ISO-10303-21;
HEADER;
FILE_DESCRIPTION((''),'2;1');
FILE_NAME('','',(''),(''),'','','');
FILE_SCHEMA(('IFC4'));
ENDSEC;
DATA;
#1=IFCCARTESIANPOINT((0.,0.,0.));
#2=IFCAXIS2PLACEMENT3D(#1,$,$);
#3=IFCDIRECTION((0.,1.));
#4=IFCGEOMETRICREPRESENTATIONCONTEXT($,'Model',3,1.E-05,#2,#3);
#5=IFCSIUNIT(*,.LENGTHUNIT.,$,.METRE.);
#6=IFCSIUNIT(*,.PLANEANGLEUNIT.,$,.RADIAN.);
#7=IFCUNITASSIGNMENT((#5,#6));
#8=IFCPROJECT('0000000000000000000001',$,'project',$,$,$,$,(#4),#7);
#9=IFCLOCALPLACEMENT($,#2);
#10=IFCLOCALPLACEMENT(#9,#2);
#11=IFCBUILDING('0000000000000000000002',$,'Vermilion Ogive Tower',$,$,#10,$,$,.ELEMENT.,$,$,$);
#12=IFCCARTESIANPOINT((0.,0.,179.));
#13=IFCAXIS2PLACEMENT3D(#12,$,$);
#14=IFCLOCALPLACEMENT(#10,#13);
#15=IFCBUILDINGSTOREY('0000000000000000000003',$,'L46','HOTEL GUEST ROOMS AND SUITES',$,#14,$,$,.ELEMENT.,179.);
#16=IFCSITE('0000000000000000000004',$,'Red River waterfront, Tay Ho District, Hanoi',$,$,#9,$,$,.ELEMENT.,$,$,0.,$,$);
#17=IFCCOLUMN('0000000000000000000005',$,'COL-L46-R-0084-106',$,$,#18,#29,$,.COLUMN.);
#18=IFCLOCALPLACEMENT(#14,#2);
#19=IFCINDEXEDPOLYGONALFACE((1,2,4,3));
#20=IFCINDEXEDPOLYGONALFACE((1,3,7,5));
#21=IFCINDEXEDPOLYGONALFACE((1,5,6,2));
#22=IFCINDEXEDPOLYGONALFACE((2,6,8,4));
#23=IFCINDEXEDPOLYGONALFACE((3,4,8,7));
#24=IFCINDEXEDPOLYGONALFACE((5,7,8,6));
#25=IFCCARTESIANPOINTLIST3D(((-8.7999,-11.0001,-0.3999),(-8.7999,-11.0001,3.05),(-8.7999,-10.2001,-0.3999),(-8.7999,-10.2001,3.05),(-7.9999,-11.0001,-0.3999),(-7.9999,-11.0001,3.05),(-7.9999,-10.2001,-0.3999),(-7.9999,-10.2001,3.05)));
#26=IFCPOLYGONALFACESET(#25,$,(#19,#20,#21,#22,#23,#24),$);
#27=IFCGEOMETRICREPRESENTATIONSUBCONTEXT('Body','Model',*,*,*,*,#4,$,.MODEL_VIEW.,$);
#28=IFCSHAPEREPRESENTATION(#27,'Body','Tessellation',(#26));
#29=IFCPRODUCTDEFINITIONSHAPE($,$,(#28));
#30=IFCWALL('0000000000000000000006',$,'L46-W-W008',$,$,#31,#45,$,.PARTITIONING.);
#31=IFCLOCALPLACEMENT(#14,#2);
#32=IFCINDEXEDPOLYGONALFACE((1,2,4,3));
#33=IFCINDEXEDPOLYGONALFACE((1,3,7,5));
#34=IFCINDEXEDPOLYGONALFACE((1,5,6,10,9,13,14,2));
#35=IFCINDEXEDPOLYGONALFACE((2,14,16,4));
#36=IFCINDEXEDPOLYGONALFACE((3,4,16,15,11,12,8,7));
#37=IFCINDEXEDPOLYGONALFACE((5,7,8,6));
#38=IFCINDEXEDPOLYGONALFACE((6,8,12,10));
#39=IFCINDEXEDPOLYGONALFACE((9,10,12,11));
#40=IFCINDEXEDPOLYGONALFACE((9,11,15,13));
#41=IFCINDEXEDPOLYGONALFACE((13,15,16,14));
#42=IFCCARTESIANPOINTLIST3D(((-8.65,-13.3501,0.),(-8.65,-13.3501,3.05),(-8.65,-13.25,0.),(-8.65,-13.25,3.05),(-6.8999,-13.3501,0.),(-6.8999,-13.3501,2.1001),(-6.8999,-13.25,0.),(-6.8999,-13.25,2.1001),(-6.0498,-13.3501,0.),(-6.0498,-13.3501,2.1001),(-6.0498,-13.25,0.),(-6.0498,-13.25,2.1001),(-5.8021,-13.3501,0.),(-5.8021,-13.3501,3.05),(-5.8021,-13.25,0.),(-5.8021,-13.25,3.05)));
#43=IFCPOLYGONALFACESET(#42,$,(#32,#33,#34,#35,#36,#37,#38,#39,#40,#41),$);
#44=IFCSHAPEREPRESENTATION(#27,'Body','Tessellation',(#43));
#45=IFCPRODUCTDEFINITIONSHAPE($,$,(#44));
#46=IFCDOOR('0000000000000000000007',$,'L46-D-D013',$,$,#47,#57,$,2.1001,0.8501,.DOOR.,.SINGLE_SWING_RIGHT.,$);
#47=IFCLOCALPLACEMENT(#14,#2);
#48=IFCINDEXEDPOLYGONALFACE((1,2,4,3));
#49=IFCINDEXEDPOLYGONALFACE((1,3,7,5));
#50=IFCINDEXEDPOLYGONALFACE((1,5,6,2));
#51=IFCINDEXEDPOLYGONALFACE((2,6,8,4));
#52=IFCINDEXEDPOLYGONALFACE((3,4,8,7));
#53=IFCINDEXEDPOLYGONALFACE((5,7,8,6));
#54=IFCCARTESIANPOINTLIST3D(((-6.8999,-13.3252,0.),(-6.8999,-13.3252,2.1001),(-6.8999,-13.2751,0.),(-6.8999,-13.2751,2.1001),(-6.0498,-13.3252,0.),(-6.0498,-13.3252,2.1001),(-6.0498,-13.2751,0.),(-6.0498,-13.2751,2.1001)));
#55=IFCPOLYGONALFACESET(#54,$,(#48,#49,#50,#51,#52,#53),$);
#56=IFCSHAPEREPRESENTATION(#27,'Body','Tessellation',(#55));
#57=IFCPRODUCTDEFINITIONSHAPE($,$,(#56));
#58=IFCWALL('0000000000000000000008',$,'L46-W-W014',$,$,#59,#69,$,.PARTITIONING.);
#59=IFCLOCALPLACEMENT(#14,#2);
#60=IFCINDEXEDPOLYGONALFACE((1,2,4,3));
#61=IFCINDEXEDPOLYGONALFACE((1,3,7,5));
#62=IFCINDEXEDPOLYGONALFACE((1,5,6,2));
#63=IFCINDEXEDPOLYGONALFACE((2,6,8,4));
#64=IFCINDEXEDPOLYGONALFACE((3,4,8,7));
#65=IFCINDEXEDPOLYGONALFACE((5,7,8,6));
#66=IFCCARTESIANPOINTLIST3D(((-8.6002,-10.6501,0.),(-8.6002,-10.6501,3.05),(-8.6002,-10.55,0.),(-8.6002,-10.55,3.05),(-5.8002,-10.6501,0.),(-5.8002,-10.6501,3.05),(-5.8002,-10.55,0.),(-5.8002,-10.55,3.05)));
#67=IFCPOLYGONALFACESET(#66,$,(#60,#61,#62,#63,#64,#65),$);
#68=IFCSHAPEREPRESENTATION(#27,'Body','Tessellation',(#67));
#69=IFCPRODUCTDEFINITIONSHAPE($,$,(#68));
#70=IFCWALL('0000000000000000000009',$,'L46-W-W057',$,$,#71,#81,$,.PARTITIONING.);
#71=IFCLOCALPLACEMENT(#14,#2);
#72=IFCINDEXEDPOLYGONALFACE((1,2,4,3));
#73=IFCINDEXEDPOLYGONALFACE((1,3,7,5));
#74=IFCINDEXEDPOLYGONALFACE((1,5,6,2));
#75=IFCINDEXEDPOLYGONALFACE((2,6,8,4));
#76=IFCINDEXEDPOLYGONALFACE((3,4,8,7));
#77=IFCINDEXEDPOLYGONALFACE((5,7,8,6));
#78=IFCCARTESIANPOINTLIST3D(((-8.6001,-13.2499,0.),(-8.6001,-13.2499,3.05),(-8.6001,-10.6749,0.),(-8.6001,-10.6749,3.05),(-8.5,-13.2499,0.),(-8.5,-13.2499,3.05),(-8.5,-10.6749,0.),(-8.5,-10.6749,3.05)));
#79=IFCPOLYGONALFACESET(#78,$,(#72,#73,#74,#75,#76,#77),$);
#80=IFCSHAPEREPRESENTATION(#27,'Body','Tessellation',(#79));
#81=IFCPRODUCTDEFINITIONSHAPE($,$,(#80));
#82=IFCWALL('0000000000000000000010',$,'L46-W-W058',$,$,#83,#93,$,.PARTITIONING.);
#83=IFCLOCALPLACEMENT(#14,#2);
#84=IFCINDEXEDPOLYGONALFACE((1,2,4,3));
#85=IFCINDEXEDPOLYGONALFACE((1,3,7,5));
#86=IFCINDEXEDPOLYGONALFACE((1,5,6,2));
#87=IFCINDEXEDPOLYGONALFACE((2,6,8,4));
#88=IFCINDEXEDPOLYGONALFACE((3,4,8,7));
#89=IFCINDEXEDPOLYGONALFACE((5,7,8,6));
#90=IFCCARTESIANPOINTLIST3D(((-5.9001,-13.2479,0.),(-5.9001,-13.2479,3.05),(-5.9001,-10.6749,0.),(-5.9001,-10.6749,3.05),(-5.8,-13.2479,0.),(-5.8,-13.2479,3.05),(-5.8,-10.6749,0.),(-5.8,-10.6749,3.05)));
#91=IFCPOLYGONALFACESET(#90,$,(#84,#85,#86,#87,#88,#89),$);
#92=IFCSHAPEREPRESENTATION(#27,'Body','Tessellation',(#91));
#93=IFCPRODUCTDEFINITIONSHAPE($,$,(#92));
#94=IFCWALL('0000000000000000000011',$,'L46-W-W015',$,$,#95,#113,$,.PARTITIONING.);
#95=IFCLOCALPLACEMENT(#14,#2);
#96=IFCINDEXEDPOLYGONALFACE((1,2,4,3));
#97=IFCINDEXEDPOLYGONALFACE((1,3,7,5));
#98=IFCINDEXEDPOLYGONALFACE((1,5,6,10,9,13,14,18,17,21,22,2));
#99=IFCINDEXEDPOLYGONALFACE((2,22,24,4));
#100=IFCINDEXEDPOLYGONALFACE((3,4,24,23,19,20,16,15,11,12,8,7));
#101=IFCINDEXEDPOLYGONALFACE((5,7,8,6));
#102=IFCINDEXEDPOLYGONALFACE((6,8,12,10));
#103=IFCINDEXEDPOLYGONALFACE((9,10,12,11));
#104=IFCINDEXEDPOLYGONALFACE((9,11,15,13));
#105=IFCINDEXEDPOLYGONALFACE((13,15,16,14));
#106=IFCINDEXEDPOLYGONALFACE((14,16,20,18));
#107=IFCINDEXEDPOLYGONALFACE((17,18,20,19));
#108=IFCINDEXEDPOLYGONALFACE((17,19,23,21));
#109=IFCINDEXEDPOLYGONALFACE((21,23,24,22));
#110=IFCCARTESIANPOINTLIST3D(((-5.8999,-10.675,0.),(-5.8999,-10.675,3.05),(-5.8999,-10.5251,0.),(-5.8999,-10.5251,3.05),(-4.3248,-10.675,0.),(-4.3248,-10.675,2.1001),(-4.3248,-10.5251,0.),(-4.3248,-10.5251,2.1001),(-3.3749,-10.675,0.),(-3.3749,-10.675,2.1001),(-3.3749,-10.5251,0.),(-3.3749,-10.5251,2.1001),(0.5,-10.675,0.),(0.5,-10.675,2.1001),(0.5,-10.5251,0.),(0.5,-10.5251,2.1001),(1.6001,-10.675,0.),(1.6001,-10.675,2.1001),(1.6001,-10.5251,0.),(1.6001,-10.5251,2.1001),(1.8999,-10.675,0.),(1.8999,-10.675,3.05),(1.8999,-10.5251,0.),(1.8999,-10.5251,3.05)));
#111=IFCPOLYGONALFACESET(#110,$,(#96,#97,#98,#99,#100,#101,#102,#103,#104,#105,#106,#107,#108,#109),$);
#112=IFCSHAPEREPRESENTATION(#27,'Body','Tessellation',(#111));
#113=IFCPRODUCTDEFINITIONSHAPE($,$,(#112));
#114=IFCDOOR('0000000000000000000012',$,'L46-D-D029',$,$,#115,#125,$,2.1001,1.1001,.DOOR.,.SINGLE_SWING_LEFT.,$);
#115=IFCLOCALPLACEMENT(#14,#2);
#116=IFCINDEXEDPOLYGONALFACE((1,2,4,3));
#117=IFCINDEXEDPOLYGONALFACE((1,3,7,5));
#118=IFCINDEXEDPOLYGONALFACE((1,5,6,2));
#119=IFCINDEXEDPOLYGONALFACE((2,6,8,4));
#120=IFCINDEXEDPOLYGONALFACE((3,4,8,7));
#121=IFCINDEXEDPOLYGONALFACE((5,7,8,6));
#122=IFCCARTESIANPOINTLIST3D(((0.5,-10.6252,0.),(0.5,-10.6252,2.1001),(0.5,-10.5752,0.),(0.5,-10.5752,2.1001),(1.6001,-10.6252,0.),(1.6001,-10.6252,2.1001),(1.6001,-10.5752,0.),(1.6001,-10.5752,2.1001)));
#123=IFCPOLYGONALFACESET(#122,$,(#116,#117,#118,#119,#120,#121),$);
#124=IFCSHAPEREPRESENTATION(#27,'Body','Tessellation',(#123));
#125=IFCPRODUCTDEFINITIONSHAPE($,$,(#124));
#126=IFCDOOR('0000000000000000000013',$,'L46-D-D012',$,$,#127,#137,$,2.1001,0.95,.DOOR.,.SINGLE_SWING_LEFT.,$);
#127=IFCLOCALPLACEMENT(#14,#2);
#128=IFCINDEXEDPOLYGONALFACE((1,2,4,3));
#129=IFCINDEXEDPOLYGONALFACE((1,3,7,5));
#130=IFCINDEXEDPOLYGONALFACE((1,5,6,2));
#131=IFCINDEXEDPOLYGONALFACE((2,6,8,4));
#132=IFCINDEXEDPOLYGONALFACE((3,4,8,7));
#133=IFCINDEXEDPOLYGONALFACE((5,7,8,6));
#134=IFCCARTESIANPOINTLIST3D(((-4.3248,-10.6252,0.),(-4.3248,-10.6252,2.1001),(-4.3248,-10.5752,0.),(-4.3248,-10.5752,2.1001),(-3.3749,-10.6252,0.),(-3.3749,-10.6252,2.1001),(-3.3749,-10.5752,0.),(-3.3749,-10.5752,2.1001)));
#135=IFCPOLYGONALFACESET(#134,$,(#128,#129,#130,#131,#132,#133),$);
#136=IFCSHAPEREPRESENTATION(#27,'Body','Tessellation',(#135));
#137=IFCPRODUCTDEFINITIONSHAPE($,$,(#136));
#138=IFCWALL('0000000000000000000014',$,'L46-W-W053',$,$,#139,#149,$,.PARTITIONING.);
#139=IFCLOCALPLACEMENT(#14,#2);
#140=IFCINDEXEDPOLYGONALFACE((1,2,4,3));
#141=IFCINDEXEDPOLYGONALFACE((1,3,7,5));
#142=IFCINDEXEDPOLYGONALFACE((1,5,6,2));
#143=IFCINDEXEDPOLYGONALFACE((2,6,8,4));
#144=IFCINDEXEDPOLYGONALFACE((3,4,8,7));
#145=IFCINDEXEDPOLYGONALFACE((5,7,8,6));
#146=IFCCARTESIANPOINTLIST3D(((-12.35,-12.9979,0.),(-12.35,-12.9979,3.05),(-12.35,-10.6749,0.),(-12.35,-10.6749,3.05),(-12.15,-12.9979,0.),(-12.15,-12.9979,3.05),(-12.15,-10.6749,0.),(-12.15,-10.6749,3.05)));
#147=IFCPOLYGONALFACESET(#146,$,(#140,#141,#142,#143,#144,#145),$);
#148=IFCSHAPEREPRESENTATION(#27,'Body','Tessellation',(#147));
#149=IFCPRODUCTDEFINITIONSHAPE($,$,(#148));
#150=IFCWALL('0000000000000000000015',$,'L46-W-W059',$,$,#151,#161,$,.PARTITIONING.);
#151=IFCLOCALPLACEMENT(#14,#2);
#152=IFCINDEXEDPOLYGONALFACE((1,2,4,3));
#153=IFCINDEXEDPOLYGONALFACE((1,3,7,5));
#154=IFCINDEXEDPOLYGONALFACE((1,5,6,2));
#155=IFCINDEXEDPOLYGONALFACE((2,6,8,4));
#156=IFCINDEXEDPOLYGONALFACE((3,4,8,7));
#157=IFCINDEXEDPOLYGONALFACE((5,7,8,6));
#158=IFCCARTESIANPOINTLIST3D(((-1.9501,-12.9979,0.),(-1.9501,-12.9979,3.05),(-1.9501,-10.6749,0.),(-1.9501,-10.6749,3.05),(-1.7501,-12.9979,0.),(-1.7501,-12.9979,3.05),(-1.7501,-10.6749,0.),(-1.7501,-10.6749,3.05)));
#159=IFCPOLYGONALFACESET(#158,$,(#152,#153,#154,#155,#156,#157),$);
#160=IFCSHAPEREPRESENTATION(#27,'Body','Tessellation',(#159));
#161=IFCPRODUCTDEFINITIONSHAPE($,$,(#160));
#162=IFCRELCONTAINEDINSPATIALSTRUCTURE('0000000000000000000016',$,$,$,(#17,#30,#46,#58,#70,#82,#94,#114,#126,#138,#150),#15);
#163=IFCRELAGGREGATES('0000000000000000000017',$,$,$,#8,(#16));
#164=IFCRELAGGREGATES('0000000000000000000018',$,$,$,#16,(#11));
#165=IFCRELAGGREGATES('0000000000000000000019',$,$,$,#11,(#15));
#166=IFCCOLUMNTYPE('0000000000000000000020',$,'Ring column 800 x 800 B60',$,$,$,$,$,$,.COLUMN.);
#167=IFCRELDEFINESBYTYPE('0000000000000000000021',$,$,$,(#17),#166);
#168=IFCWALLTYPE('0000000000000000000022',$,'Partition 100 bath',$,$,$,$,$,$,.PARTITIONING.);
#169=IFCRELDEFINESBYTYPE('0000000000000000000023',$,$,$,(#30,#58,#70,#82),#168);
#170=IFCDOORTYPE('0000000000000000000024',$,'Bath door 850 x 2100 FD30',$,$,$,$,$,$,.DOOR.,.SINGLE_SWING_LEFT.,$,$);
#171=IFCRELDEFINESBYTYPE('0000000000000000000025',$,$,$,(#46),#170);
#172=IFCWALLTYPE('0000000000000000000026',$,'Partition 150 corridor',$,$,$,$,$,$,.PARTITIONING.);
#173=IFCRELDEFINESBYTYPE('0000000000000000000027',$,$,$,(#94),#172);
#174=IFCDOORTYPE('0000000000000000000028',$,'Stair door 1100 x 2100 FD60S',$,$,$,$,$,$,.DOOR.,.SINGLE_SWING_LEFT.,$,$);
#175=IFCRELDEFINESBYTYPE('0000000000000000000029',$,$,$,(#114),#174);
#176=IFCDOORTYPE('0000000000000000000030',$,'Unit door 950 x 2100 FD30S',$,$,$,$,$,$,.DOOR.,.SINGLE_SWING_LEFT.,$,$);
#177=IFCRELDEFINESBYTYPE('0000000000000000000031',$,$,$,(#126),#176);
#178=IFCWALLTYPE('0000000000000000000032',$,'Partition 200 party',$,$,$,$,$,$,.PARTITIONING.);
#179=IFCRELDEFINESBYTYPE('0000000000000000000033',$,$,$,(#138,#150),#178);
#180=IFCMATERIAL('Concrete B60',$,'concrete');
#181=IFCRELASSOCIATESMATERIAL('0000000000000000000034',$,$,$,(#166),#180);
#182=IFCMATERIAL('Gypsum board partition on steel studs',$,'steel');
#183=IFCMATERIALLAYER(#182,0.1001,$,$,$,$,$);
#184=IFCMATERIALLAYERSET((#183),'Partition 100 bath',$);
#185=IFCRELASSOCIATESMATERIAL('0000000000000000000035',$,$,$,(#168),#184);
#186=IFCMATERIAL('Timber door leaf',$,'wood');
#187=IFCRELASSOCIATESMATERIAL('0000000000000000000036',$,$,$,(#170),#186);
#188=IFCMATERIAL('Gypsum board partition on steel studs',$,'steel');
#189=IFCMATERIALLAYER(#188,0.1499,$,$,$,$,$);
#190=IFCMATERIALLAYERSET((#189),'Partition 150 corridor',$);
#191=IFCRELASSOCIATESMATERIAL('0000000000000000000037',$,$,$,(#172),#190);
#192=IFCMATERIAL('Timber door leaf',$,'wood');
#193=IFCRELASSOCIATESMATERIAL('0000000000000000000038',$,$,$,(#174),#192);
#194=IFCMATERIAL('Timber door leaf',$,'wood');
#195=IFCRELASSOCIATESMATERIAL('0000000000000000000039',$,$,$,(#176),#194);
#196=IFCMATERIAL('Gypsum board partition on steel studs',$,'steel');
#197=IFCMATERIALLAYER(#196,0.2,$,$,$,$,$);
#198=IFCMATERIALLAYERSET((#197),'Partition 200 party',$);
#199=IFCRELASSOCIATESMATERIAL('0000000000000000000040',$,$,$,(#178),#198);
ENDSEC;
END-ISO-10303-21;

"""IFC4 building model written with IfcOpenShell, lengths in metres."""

from ifc_helpers import new_model, si_unit, direction, frame, frame_2d, origin, origin_2d, place, context, subcontext, project, spatial, rectangle, extrude, material, layer, layer_set, material_profile, profile_set, type_object, element, fill, save


model = new_model("IFC4")

# Units and contexts
model_context = context("Model", 3, precision=1e-05, world=origin(), true_north=direction((0.0, 1.0)))
body_context = subcontext(model_context, "Body", "Model", "MODEL_VIEW")
ifc_project = project(units=[si_unit("LENGTHUNIT", "METRE"), si_unit("PLANEANGLEUNIT", "RADIAN")], contexts=[model_context])

# Site, building, storey
site_placement = place(None, origin())
site = spatial("IfcSite", under=ifc_project, at=site_placement, Name="Red River waterfront, Tay Ho District, Hanoi", CompositionType="ELEMENT", RefElevation=0.0)
building_placement = place(site_placement, origin())
building = spatial("IfcBuilding", under=site, at=building_placement, Name="Vermilion Ogive Tower", CompositionType="ELEMENT")
storey_placement = place(building_placement, frame((0.0, 0.0, 179.0)))
storey = spatial("IfcBuildingStorey", under=building, at=storey_placement, Name="L46", Description="HOTEL GUEST ROOMS AND SUITES", CompositionType="ELEMENT", Elevation=179.0)

# Column
ifc_material_1 = material(Name="Concrete B60", Category="concrete")
ifc_material_profile = material_profile(ifc_material_1, rectangle(XDim=0.8, YDim=0.8, at=origin_2d()), Name="800 x 800")
ifc_profile_set = profile_set([ifc_material_profile], Name="Concrete B60")
column_type = type_object("IfcColumnType", Name="Ring column 800 x 800 B60", PredefinedType="COLUMN", material=ifc_profile_set)
column_placement = place(storey_placement, frame((-8.3999, -10.6001, -0.3999), z_axis=(0.0, 0.0, 1.0), x_axis=(1.0, 0.0, 0.0)))
element("IfcColumn", 1, at=column_placement, inside=storey, type_object=column_type, Name="COL-L46-R-0084-106", PredefinedType="COLUMN", context=body_context, shape_type="SweptSolid", body=[
    extrude(rectangle(XDim=0.8, YDim=0.8, at=origin_2d()), origin(), (0.0, 0.0, 1.0), 3.45),
])

# Wall, opening, door
ifc_material_2 = material(Name="Gypsum board partition on steel studs", Category="steel")
ifc_layer_1 = layer(ifc_material_2, 0.1001)
ifc_layer_set_1 = layer_set([ifc_layer_1], Name="Partition 100 bath")
wall_type_1 = type_object("IfcWallType", Name="Partition 100 bath", PredefinedType="PARTITIONING", material=ifc_layer_set_1)
wall_1_placement = place(storey_placement, frame((-8.6499, -13.3, 0.0), z_axis=(0.0, 0.0, 1.0), x_axis=(1.0, 0.0, 0.0)))
wall_1 = element("IfcWall", 2, at=wall_1_placement, inside=storey, type_object=wall_type_1, Name="L46-W-W008", PredefinedType="PARTITIONING", context=body_context, shape_type="SweptSolid", body=[
    extrude(rectangle(XDim=2.8479, YDim=0.1001, at=frame_2d((1.4238, 0.0))), origin(), (0.0, 0.0, 1.0), 3.05),
])
opening_1_placement = place(wall_1_placement, frame((1.75, 0.0, 0.0)))
opening_1 = element("IfcOpeningElement", 3, at=opening_1_placement, cuts=wall_1, PredefinedType="OPENING", context=body_context, shape_type="SweptSolid", body=[
    extrude(rectangle(XDim=0.8501, YDim=2.1001, at=frame_2d((0.425, 1.05))), frame((0.0, 0.0601, 0.0), z_axis=(0.0, -1.0, 0.0), x_axis=(1.0, 0.0, 0.0)), (0.0, 0.0, 1.0), 0.1201),
])
ifc_material_3 = material(Name="Timber door leaf", Category="wood")
door_type_1 = type_object("IfcDoorType", Name="Bath door 850 x 2100 FD30", OperationType="SINGLE_SWING_LEFT", PredefinedType="DOOR", material=ifc_material_3)
door_1_placement = place(opening_1_placement, origin())
door_1 = element("IfcDoor", 4, at=door_1_placement, inside=storey, type_object=door_type_1, Name="L46-D-D013", OperationType="SINGLE_SWING_RIGHT", OverallHeight=2.1001, OverallWidth=0.8501, PredefinedType="DOOR", context=body_context, shape_type="SweptSolid", body=[
    extrude(rectangle(XDim=0.8501, YDim=2.1001, at=frame_2d((0.425, 1.05))), frame((0.0, 0.0249, 0.0), z_axis=(0.0, -1.0, 0.0), x_axis=(1.0, 0.0, 0.0)), (0.0, 0.0, 1.0), 0.05),
])
fill(opening_1, door_1)

# Walls
wall_2_placement = place(storey_placement, frame((-8.6001, -10.6001, 0.0), z_axis=(0.0, 0.0, 1.0), x_axis=(1.0, 0.0, 0.0)))
element("IfcWall", 5, at=wall_2_placement, inside=storey, type_object=wall_type_1, Name="L46-W-W014", PredefinedType="PARTITIONING", context=body_context, shape_type="SweptSolid", body=[
    extrude(rectangle(XDim=2.8, YDim=0.1001, at=frame_2d((1.3999, 0.0))), origin(), (0.0, 0.0, 1.0), 3.05),
])
wall_3_placement = place(storey_placement, frame((-8.55, -13.25, 0.0), z_axis=(0.0, 0.0, 1.0), x_axis=(0.0, 1.0, 0.0)))
element("IfcWall", 6, at=wall_3_placement, inside=storey, type_object=wall_type_1, Name="L46-W-W057", PredefinedType="PARTITIONING", context=body_context, shape_type="SweptSolid", body=[
    extrude(rectangle(XDim=2.575, YDim=0.1001, at=frame_2d((1.2876, 0.0))), origin(), (0.0, 0.0, 1.0), 3.05),
])
wall_4_placement = place(storey_placement, frame((-5.8501, -13.248, 0.0), z_axis=(0.0, 0.0, 1.0), x_axis=(0.0, 1.0, 0.0)))
element("IfcWall", 7, at=wall_4_placement, inside=storey, type_object=wall_type_1, Name="L46-W-W058", PredefinedType="PARTITIONING", context=body_context, shape_type="SweptSolid", body=[
    extrude(rectangle(XDim=2.573, YDim=0.1001, at=frame_2d((1.2866, 0.0))), origin(), (0.0, 0.0, 1.0), 3.05),
])

# Wall, openings, doors
ifc_material_4 = material(Name="Gypsum board partition on steel studs", Category="steel")
ifc_layer_2 = layer(ifc_material_4, 0.1499)
ifc_layer_set_2 = layer_set([ifc_layer_2], Name="Partition 150 corridor")
wall_type_2 = type_object("IfcWallType", Name="Partition 150 corridor", PredefinedType="PARTITIONING", material=ifc_layer_set_2)
wall_5_placement = place(storey_placement, frame((-5.8999, -10.6001, 0.0), z_axis=(0.0, 0.0, 1.0), x_axis=(1.0, 0.0, 0.0)))
wall_5 = element("IfcWall", 8, at=wall_5_placement, inside=storey, type_object=wall_type_2, Name="L46-W-W015", PredefinedType="PARTITIONING", context=body_context, shape_type="SweptSolid", body=[
    extrude(rectangle(XDim=7.7998, YDim=0.1499, at=frame_2d((3.8999, 0.0))), origin(), (0.0, 0.0, 1.0), 3.05),
])
opening_2_placement = place(wall_5_placement, frame((1.575, 0.0, 0.0)))
opening_2 = element("IfcOpeningElement", 9, at=opening_2_placement, cuts=wall_5, PredefinedType="OPENING", context=body_context, shape_type="SweptSolid", body=[
    extrude(rectangle(XDim=0.95, YDim=2.1001, at=frame_2d((0.4751, 1.05))), frame((0.0, 0.085, 0.0), z_axis=(0.0, -1.0, 0.0), x_axis=(1.0, 0.0, 0.0)), (0.0, 0.0, 1.0), 0.1699),
])
opening_3_placement = place(wall_5_placement, frame((6.3999, 0.0, 0.0)))
opening_3 = element("IfcOpeningElement", 10, at=opening_3_placement, cuts=wall_5, PredefinedType="OPENING", context=body_context, shape_type="SweptSolid", body=[
    extrude(rectangle(XDim=1.1001, YDim=2.1001, at=frame_2d((0.55, 1.05))), frame((0.0, 0.085, 0.0), z_axis=(0.0, -1.0, 0.0), x_axis=(1.0, 0.0, 0.0)), (0.0, 0.0, 1.0), 0.1699),
])
ifc_material_5 = material(Name="Timber door leaf", Category="wood")
door_type_2 = type_object("IfcDoorType", Name="Stair door 1100 x 2100 FD60S", OperationType="SINGLE_SWING_LEFT", PredefinedType="DOOR", material=ifc_material_5)
door_2_placement = place(opening_3_placement, origin())
door_2 = element("IfcDoor", 11, at=door_2_placement, inside=storey, type_object=door_type_2, Name="L46-D-D029", OperationType="SINGLE_SWING_LEFT", OverallHeight=2.1001, OverallWidth=1.1001, PredefinedType="DOOR", context=body_context, shape_type="SweptSolid", body=[
    extrude(rectangle(XDim=1.1001, YDim=2.1001, at=frame_2d((0.55, 1.05))), frame((0.0, 0.0249, 0.0), z_axis=(0.0, -1.0, 0.0), x_axis=(1.0, 0.0, 0.0)), (0.0, 0.0, 1.0), 0.05),
])
fill(opening_3, door_2)
ifc_material_6 = material(Name="Timber door leaf", Category="wood")
door_type_3 = type_object("IfcDoorType", Name="Unit door 950 x 2100 FD30S", OperationType="SINGLE_SWING_LEFT", PredefinedType="DOOR", material=ifc_material_6)
door_3_placement = place(opening_2_placement, origin())
door_3 = element("IfcDoor", 12, at=door_3_placement, inside=storey, type_object=door_type_3, Name="L46-D-D012", OperationType="SINGLE_SWING_LEFT", OverallHeight=2.1001, OverallWidth=0.95, PredefinedType="DOOR", context=body_context, shape_type="SweptSolid", body=[
    extrude(rectangle(XDim=0.95, YDim=2.1001, at=frame_2d((0.4751, 1.05))), frame((0.0, 0.0249, 0.0), z_axis=(0.0, -1.0, 0.0), x_axis=(1.0, 0.0, 0.0)), (0.0, 0.0, 1.0), 0.05),
])
fill(opening_2, door_3)

# Walls
ifc_material_7 = material(Name="Gypsum board partition on steel studs", Category="steel")
ifc_layer_3 = layer(ifc_material_7, 0.2)
ifc_layer_set_3 = layer_set([ifc_layer_3], Name="Partition 200 party")
wall_type_3 = type_object("IfcWallType", Name="Partition 200 party", PredefinedType="PARTITIONING", material=ifc_layer_set_3)
for number, where, z_axis, x_axis, name in (
    (13, (-12.25, -12.998, 0.0), (0.0, 0.0, 1.0), (0.0, 1.0, 0.0), "L46-W-W053"),
    (14, (-1.8501, -12.998, 0.0), (0.0, 0.0, 1.0), (0.0, 1.0, 0.0), "L46-W-W059"),
):
    element("IfcWall", number, at=place(storey_placement, frame(where, z_axis=z_axis, x_axis=x_axis)), inside=storey, type_object=wall_type_3, Name=name, PredefinedType="PARTITIONING", context=body_context, shape_type="SweptSolid", body=[
        extrude(rectangle(XDim=2.323, YDim=0.2, at=frame_2d((1.1616, 0.0))), origin(), (0.0, 0.0, 1.0), 3.05),
    ])

save(model, "model.ifc")
